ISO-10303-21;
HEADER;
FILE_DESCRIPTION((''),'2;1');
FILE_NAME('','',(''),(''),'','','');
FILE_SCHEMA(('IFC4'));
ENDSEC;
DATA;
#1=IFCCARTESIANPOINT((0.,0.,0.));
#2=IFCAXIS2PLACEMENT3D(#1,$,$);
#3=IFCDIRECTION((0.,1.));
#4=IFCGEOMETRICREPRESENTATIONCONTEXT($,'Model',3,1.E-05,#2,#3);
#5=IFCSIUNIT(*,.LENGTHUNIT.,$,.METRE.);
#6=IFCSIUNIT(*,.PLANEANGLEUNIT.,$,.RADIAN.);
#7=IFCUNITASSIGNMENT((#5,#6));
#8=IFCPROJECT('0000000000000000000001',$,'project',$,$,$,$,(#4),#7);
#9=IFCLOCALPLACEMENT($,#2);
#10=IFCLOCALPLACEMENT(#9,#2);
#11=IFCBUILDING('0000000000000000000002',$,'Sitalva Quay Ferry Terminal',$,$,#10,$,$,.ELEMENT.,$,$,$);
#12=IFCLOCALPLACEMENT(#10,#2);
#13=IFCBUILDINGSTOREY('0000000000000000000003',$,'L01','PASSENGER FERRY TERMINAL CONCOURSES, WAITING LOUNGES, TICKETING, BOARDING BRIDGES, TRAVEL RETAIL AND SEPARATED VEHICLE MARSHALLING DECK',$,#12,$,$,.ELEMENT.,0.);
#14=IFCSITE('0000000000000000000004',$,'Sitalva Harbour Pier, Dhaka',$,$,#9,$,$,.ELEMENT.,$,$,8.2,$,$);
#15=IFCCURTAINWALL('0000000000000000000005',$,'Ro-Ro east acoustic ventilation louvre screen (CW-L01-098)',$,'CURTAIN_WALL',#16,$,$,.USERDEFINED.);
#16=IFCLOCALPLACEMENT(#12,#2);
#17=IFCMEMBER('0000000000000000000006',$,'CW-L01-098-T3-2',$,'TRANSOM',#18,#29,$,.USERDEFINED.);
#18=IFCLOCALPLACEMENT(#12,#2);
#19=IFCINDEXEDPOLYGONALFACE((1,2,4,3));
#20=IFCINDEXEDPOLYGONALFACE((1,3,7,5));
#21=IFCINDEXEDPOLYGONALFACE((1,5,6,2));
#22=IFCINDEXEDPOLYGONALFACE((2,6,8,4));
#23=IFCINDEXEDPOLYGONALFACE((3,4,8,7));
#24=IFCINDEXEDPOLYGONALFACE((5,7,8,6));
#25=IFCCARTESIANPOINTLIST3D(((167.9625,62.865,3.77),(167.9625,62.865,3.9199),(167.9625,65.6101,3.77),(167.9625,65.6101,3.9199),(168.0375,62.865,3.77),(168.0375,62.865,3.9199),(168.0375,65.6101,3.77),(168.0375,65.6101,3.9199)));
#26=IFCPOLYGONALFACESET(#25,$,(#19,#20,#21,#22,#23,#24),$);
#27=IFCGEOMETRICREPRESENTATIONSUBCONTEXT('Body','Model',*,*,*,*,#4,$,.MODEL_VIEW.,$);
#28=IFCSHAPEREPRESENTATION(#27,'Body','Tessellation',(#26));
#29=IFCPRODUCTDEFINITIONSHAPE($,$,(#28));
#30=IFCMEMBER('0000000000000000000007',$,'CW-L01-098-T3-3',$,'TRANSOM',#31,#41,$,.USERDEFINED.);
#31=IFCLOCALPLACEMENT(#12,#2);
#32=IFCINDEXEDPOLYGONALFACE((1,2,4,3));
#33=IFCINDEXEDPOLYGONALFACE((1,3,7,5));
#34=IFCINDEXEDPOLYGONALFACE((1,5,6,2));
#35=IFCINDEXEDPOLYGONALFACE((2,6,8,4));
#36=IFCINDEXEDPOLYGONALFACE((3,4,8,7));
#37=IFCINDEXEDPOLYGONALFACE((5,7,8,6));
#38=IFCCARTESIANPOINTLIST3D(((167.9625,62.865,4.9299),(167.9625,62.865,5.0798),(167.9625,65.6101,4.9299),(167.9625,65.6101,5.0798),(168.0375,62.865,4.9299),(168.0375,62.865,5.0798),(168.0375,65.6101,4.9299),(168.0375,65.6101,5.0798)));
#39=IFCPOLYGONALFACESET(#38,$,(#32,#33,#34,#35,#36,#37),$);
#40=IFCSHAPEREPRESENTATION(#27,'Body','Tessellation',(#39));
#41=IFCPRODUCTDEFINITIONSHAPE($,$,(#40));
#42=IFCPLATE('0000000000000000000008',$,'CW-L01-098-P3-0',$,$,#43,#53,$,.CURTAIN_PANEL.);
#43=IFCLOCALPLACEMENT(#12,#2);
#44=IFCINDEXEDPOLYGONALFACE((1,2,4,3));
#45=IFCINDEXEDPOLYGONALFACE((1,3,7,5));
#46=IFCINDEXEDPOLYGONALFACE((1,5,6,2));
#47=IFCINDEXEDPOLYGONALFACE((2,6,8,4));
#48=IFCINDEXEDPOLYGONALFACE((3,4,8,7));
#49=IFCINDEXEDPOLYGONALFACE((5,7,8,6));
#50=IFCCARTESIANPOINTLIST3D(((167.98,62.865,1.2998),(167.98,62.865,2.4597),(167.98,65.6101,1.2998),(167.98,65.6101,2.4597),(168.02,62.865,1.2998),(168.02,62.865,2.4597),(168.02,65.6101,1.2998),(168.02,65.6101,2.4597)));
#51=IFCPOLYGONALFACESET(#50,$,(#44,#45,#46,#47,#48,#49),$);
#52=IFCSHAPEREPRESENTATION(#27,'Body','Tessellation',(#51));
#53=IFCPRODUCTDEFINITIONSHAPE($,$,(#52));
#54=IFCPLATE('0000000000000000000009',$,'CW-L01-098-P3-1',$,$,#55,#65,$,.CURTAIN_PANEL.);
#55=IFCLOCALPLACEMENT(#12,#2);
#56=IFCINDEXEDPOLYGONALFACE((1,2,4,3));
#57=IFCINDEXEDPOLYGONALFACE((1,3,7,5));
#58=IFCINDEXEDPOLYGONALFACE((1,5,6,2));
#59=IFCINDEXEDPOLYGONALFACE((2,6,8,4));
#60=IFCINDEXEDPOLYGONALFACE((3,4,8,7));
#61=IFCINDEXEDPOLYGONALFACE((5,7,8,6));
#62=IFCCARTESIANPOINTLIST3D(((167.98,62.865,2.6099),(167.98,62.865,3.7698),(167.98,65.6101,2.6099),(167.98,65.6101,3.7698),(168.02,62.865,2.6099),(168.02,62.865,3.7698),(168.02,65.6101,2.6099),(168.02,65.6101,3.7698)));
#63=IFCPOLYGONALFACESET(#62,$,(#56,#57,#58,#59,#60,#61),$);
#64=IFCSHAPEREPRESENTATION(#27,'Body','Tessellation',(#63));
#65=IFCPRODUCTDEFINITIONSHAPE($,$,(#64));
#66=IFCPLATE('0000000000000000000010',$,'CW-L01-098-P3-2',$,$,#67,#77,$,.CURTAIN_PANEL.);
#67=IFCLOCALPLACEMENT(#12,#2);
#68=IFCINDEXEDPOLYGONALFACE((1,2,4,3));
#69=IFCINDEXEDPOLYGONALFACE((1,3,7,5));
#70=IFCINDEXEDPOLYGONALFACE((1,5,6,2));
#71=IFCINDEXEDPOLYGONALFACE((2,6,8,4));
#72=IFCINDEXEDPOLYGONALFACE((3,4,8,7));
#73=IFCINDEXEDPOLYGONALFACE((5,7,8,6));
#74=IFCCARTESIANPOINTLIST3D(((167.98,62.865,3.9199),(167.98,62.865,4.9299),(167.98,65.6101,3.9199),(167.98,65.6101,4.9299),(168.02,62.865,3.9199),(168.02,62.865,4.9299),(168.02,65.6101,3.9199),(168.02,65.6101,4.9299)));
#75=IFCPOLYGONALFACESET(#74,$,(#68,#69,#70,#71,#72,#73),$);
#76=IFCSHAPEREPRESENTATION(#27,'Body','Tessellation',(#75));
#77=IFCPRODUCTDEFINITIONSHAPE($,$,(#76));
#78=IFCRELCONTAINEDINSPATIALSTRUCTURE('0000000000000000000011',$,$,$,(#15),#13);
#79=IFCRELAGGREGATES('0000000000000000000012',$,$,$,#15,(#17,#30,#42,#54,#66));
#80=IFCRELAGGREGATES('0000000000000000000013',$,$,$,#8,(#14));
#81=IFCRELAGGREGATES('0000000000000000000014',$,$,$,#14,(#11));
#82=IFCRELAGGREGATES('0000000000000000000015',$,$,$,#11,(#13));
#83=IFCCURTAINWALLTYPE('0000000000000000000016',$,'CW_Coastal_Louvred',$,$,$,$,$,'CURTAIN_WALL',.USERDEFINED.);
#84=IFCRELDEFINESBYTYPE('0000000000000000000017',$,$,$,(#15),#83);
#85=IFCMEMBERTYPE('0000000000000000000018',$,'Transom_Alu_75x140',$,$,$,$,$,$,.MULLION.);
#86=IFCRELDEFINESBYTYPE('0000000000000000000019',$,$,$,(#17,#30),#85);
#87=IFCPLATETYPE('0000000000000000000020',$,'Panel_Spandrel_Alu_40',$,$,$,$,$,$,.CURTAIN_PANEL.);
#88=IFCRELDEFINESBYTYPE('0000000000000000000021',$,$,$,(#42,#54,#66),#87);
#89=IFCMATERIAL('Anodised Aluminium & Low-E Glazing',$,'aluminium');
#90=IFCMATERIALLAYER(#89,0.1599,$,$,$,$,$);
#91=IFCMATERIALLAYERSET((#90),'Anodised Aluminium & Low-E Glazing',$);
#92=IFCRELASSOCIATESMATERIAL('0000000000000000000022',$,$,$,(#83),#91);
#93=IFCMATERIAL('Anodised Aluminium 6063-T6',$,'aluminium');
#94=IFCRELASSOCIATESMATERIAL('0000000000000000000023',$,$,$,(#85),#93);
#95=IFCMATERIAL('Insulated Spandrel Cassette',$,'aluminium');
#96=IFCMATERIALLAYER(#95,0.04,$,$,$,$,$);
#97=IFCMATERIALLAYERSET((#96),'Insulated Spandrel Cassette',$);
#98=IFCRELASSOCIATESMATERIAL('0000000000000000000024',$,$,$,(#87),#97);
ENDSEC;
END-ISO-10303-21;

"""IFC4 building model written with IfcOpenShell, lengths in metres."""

from ifc_helpers import new_model, si_unit, direction, frame, origin, origin_2d, place, context, subcontext, project, spatial, rectangle, extrude, material, layer, layer_set, material_profile, profile_set, type_object, element, aggregate, save


model = new_model("IFC4")

# Units and contexts
model_context = context("Model", 3, precision=1e-05, world=origin(), true_north=direction((0.0, 1.0)))
body_context = subcontext(model_context, "Body", "Model", "MODEL_VIEW")
ifc_project = project(units=[si_unit("LENGTHUNIT", "METRE"), si_unit("PLANEANGLEUNIT", "RADIAN")], contexts=[model_context])

# Site, building, storey
site_placement = place(None, origin())
site = spatial("IfcSite", under=ifc_project, at=site_placement, Name="Sitalva Harbour Pier, Dhaka", CompositionType="ELEMENT", RefElevation=8.2)
building_placement = place(site_placement, origin())
building = spatial("IfcBuilding", under=site, at=building_placement, Name="Sitalva Quay Ferry Terminal", CompositionType="ELEMENT")
storey_placement = place(building_placement, origin())
storey = spatial("IfcBuildingStorey", under=building, at=storey_placement, Name="L01", Description="PASSENGER FERRY TERMINAL CONCOURSES, WAITING LOUNGES, TICKETING, BOARDING BRIDGES, TRAVEL RETAIL AND SEPARATED VEHICLE MARSHALLING DECK", CompositionType="ELEMENT", Elevation=0.0)

# Curtain wall
ifc_material_1 = material(Name="Anodised Aluminium & Low-E Glazing", Category="aluminium")
ifc_layer_1 = layer(ifc_material_1, 0.1599)
ifc_layer_set_1 = layer_set([ifc_layer_1], Name="Anodised Aluminium & Low-E Glazing")
curtain_wall_type = type_object("IfcCurtainWallType", Name="CW_Coastal_Louvred", ElementType="CURTAIN_WALL", PredefinedType="USERDEFINED", material=ifc_layer_set_1)
curtain_wall_placement = place(storey_placement, origin())
curtain_wall = element("IfcCurtainWall", 1, at=curtain_wall_placement, inside=storey, type_object=curtain_wall_type, Name="Ro-Ro east acoustic ventilation louvre screen (CW-L01-098)", ObjectType="CURTAIN_WALL", PredefinedType="USERDEFINED")

# Members
ifc_material_2 = material(Name="Anodised Aluminium 6063-T6", Category="aluminium")
ifc_material_profile_1 = material_profile(ifc_material_2, rectangle(XDim=0.075, YDim=0.1499, at=origin_2d()), Name="ALU75x150")
ifc_profile_set_1 = profile_set([ifc_material_profile_1], Name="Anodised Aluminium 6063-T6")
member_type_1 = type_object("IfcMemberType", Name="Transom_Alu_75x140", PredefinedType="MULLION", material=ifc_profile_set_1)
member_1_placement = place(storey_placement, frame((168.0, 62.865, 3.845), z_axis=(0.0, 1.0, 0.0), x_axis=(-1.0, 0.0, 0.0)))
member_1 = element("IfcMember", 2, at=member_1_placement, type_object=member_type_1, Name="CW-L01-098-T3-2", ObjectType="TRANSOM", PredefinedType="USERDEFINED", context=body_context, shape_type="SweptSolid", body=[
    extrude(rectangle(XDim=0.075, YDim=0.1499, at=origin_2d()), origin(), (0.0, 0.0, 1.0), 2.7451),
])
member_2_placement = place(storey_placement, frame((168.0, 62.865, 5.0049), z_axis=(0.0, 1.0, 0.0), x_axis=(-1.0, 0.0, 0.0)))
member_2 = element("IfcMember", 3, at=member_2_placement, type_object=member_type_1, Name="CW-L01-098-T3-3", ObjectType="TRANSOM", PredefinedType="USERDEFINED", context=body_context, shape_type="SweptSolid", body=[
    extrude(rectangle(XDim=0.075, YDim=0.1499, at=origin_2d()), origin(), (0.0, 0.0, 1.0), 2.7451),
])

# Plates
ifc_material_3 = material(Name="Insulated Spandrel Cassette", Category="aluminium")
ifc_layer_2 = layer(ifc_material_3, 0.04)
ifc_layer_set_2 = layer_set([ifc_layer_2], Name="Insulated Spandrel Cassette")
plate_type = type_object("IfcPlateType", Name="Panel_Spandrel_Alu_40", PredefinedType="CURTAIN_PANEL", material=ifc_layer_set_2)
plate_1_placement = place(storey_placement, frame((168.0, 64.2375, 1.2998), z_axis=(0.0, 0.0, 1.0), x_axis=(0.0, 1.0, 0.0)))
plate_1 = element("IfcPlate", 4, at=plate_1_placement, type_object=plate_type, Name="CW-L01-098-P3-0", PredefinedType="CURTAIN_PANEL", context=body_context, shape_type="SweptSolid", body=[
    extrude(rectangle(XDim=2.7451, YDim=0.04, at=origin_2d()), origin(), (0.0, 0.0, 1.0), 1.1599),
])
plate_2_placement = place(storey_placement, frame((168.0, 64.2375, 2.6099), z_axis=(0.0, 0.0, 1.0), x_axis=(0.0, 1.0, 0.0)))
plate_2 = element("IfcPlate", 5, at=plate_2_placement, type_object=plate_type, Name="CW-L01-098-P3-1", PredefinedType="CURTAIN_PANEL", context=body_context, shape_type="SweptSolid", body=[
    extrude(rectangle(XDim=2.7451, YDim=0.04, at=origin_2d()), origin(), (0.0, 0.0, 1.0), 1.1599),
])
plate_3_placement = place(storey_placement, frame((168.0, 64.2375, 3.9199), z_axis=(0.0, 0.0, 1.0), x_axis=(0.0, 1.0, 0.0)))
plate_3 = element("IfcPlate", 6, at=plate_3_placement, type_object=plate_type, Name="CW-L01-098-P3-2", PredefinedType="CURTAIN_PANEL", context=body_context, shape_type="SweptSolid", body=[
    extrude(rectangle(XDim=2.7451, YDim=0.04, at=origin_2d()), origin(), (0.0, 0.0, 1.0), 1.01),
])
aggregate(curtain_wall, [member_1, member_2, plate_1, plate_2, plate_3])

save(model, "model.ifc")
